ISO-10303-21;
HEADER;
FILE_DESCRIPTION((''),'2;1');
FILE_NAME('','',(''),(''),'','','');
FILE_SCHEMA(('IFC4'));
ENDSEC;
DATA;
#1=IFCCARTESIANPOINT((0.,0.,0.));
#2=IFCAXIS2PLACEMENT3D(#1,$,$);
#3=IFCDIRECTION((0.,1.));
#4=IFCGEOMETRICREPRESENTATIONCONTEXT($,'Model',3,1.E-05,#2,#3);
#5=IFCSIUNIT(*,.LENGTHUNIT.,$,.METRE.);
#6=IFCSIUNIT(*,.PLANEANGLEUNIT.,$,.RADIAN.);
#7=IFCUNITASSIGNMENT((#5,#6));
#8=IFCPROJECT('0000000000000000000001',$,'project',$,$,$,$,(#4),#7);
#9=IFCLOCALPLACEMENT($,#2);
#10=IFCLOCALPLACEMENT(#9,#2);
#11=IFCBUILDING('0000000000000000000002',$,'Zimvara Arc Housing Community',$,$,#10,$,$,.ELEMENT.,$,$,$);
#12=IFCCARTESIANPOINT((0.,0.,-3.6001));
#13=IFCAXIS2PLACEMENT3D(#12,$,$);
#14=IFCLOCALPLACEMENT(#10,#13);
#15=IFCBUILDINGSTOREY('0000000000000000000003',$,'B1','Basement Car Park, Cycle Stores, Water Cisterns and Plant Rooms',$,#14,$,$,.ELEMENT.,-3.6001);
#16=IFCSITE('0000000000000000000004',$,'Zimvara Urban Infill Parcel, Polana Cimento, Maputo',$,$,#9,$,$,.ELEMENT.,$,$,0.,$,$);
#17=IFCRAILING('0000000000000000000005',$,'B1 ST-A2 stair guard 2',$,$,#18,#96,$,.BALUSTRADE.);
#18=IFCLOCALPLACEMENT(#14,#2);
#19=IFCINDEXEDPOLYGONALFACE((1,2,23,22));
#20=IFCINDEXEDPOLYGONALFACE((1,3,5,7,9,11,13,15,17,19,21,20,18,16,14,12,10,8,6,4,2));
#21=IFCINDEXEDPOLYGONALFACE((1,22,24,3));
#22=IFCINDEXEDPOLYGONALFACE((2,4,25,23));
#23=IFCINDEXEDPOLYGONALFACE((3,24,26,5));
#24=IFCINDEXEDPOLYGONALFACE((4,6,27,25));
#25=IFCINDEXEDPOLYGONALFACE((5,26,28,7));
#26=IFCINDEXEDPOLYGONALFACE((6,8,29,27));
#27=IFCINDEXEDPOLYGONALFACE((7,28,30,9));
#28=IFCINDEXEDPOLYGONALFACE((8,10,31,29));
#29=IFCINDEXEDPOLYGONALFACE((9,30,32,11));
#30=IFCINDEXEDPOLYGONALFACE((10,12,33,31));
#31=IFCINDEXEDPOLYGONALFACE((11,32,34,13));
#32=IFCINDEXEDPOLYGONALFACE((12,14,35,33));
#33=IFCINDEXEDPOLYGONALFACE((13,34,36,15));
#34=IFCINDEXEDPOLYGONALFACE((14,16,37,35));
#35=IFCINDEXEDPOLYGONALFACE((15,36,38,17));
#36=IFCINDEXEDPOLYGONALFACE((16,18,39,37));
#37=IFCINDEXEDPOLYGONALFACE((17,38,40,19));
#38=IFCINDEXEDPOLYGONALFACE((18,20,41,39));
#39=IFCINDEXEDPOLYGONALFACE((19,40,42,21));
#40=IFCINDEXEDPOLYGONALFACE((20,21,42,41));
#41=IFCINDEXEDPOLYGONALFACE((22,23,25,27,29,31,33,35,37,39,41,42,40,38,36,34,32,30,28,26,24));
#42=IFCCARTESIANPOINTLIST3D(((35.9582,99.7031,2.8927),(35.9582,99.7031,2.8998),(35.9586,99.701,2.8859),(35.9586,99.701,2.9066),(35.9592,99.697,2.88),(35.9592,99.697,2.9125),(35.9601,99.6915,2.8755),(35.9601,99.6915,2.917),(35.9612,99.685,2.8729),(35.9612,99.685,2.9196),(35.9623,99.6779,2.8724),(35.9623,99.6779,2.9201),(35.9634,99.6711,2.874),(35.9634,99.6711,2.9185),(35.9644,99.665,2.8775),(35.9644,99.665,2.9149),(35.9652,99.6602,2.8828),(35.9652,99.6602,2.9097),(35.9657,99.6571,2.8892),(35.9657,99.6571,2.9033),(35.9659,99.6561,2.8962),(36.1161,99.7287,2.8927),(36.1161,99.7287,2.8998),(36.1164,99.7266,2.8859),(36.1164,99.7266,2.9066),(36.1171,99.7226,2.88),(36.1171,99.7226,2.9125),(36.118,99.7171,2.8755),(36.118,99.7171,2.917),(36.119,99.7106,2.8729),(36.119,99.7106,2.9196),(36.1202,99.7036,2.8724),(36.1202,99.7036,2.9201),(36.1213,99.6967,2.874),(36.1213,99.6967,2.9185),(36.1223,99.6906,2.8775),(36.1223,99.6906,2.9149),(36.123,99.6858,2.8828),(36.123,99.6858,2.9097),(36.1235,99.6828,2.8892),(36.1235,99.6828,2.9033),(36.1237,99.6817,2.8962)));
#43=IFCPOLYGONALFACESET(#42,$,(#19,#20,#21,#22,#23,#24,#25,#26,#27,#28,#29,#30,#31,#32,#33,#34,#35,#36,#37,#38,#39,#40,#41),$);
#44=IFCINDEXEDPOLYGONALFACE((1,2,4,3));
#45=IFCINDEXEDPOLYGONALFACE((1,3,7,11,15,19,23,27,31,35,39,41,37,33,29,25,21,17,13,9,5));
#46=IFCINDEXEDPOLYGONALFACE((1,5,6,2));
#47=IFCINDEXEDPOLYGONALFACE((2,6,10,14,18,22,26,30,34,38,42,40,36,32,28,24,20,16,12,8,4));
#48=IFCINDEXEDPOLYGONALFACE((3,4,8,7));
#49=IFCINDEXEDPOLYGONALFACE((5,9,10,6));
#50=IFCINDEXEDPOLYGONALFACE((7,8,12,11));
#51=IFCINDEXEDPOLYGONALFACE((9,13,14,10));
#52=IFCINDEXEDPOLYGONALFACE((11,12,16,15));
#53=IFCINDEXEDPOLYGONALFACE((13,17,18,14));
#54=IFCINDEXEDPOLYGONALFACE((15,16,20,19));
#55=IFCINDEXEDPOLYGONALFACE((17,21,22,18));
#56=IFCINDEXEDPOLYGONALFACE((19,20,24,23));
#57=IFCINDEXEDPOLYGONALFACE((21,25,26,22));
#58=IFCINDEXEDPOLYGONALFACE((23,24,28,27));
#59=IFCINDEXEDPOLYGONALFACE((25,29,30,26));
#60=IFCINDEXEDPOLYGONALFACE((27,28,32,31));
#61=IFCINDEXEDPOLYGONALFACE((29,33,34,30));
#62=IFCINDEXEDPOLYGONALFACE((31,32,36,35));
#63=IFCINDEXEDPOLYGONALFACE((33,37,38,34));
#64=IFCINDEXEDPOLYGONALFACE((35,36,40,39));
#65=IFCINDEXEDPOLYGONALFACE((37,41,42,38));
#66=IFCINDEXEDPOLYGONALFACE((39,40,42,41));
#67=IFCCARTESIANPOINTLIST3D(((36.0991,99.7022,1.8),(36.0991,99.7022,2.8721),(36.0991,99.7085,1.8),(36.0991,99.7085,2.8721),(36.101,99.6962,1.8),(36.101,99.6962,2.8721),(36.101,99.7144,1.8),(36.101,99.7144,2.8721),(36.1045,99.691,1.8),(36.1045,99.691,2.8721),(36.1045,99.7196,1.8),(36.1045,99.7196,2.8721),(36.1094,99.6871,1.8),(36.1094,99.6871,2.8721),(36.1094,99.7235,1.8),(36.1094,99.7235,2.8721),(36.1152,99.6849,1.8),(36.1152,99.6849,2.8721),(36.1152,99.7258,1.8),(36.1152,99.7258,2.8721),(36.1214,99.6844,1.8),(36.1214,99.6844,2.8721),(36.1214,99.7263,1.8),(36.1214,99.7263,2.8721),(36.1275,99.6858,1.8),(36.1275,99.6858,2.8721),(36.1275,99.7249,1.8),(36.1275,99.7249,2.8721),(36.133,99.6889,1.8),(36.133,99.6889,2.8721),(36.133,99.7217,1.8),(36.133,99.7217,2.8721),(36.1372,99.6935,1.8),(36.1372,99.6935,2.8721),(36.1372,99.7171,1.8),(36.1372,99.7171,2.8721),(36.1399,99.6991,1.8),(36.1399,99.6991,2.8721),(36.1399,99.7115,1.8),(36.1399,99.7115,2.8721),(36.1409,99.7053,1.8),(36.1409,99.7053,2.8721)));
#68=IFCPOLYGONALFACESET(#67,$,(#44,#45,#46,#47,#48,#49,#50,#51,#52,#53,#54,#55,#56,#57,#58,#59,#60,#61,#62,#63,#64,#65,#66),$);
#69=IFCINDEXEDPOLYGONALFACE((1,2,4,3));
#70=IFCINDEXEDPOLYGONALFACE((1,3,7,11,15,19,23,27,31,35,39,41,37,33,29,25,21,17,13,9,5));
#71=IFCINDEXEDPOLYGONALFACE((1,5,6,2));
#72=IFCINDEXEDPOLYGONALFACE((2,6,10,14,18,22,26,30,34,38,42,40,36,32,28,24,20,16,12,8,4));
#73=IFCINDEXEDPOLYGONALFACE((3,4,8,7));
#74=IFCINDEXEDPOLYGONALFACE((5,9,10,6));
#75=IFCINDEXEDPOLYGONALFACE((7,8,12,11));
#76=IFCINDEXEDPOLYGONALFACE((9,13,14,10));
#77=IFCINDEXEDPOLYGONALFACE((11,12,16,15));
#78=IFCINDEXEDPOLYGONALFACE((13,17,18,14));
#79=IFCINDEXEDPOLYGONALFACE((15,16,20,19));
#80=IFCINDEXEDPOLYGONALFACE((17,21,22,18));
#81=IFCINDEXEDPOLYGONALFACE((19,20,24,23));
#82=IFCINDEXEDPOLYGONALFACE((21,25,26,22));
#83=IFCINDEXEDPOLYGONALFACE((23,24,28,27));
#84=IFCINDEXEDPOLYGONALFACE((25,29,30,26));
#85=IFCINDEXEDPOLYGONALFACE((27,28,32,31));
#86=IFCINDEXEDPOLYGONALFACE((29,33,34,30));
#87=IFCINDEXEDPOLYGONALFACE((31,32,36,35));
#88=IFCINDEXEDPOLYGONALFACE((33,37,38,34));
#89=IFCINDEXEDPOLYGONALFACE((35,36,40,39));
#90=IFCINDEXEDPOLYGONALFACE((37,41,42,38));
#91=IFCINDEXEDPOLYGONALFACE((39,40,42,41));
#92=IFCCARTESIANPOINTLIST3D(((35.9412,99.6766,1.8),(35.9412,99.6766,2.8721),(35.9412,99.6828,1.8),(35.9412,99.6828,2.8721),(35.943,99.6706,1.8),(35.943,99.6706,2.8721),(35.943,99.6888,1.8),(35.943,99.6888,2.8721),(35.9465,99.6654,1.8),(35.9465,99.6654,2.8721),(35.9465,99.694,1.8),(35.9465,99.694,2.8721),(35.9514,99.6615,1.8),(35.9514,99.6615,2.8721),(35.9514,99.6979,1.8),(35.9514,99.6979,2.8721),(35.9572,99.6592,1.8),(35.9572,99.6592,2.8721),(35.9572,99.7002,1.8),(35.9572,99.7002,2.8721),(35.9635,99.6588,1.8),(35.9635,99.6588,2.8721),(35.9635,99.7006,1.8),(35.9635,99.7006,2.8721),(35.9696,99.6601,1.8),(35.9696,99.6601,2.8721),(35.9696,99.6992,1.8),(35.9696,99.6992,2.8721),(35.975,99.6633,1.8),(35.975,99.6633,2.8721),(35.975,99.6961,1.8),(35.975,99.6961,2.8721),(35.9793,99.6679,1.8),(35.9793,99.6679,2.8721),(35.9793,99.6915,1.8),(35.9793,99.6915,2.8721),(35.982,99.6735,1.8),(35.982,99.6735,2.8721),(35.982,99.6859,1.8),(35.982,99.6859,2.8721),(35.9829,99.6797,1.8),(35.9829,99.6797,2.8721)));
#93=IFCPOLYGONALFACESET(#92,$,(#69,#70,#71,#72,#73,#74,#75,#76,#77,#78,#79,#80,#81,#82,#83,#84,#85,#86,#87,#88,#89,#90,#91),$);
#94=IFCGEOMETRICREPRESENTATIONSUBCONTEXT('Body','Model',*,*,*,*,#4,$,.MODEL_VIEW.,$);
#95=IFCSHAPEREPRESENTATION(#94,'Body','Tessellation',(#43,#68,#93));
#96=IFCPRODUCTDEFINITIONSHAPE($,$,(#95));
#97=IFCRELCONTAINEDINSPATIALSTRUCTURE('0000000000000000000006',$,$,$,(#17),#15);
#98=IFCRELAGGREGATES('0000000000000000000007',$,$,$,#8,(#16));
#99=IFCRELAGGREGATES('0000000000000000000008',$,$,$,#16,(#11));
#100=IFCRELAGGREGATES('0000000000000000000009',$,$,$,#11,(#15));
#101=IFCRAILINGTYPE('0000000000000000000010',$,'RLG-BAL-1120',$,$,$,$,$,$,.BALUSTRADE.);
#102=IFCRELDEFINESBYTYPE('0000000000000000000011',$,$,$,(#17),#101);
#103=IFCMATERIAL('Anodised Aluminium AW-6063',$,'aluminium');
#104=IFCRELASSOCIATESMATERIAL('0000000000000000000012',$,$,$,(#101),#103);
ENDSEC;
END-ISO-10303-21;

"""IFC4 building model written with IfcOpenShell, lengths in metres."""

from ifc_helpers import new_model, si_unit, direction, frame, origin, origin_2d, place, context, subcontext, project, spatial, circle, extrude, material, type_object, element, save


model = new_model("IFC4")

# Units and contexts
model_context = context("Model", 3, precision=1e-05, world=origin(), true_north=direction((0.0, 1.0)))
body_context = subcontext(model_context, "Body", "Model", "MODEL_VIEW")
ifc_project = project(units=[si_unit("LENGTHUNIT", "METRE"), si_unit("PLANEANGLEUNIT", "RADIAN")], contexts=[model_context])

# Site, building, storey
site_placement = place(None, origin())
site = spatial("IfcSite", under=ifc_project, at=site_placement, Name="Zimvara Urban Infill Parcel, Polana Cimento, Maputo", CompositionType="ELEMENT", RefElevation=0.0)
building_placement = place(site_placement, origin())
building = spatial("IfcBuilding", under=site, at=building_placement, Name="Zimvara Arc Housing Community", CompositionType="ELEMENT")
storey_placement = place(building_placement, frame((0.0, 0.0, -3.6001)))
storey = spatial("IfcBuildingStorey", under=building, at=storey_placement, Name="B1", Description="Basement Car Park, Cycle Stores, Water Cisterns and Plant Rooms", CompositionType="ELEMENT", Elevation=-3.6001)

# Railing
ifc_material_1 = material(Name="Anodised Aluminium AW-6063", Category="aluminium")
railing_type_1 = type_object("IfcRailingType", Name="RLG-BAL-1120", PredefinedType="BALUSTRADE", material=ifc_material_1)
railing_1_placement = place(storey_placement, frame((36.1199, 99.7053, 1.8)))
element("IfcRailing", 1, at=railing_1_placement, inside=storey, type_object=railing_type_1, Name="B1 ST-A2 stair guard 2", PredefinedType="BALUSTRADE", context=body_context, shape_type="SweptSolid", body=[
    extrude(circle(Radius=0.0239, at=origin_2d()), frame((0.0, 0.0, 1.0962), z_axis=(-0.987086, -0.160192, 0.0), x_axis=(0.160192, -0.987086, 0.0)), (0.0, 0.0, 1.0), 0.1599),
    extrude(circle(Radius=0.021, at=origin_2d()), origin(), (0.0, 0.0, 1.0), 1.072),
    extrude(circle(Radius=0.021, at=origin_2d()), frame((-0.158, -0.0256, 0.0)), (0.0, 0.0, 1.0), 1.072),
])

save(model, "model.ifc")
